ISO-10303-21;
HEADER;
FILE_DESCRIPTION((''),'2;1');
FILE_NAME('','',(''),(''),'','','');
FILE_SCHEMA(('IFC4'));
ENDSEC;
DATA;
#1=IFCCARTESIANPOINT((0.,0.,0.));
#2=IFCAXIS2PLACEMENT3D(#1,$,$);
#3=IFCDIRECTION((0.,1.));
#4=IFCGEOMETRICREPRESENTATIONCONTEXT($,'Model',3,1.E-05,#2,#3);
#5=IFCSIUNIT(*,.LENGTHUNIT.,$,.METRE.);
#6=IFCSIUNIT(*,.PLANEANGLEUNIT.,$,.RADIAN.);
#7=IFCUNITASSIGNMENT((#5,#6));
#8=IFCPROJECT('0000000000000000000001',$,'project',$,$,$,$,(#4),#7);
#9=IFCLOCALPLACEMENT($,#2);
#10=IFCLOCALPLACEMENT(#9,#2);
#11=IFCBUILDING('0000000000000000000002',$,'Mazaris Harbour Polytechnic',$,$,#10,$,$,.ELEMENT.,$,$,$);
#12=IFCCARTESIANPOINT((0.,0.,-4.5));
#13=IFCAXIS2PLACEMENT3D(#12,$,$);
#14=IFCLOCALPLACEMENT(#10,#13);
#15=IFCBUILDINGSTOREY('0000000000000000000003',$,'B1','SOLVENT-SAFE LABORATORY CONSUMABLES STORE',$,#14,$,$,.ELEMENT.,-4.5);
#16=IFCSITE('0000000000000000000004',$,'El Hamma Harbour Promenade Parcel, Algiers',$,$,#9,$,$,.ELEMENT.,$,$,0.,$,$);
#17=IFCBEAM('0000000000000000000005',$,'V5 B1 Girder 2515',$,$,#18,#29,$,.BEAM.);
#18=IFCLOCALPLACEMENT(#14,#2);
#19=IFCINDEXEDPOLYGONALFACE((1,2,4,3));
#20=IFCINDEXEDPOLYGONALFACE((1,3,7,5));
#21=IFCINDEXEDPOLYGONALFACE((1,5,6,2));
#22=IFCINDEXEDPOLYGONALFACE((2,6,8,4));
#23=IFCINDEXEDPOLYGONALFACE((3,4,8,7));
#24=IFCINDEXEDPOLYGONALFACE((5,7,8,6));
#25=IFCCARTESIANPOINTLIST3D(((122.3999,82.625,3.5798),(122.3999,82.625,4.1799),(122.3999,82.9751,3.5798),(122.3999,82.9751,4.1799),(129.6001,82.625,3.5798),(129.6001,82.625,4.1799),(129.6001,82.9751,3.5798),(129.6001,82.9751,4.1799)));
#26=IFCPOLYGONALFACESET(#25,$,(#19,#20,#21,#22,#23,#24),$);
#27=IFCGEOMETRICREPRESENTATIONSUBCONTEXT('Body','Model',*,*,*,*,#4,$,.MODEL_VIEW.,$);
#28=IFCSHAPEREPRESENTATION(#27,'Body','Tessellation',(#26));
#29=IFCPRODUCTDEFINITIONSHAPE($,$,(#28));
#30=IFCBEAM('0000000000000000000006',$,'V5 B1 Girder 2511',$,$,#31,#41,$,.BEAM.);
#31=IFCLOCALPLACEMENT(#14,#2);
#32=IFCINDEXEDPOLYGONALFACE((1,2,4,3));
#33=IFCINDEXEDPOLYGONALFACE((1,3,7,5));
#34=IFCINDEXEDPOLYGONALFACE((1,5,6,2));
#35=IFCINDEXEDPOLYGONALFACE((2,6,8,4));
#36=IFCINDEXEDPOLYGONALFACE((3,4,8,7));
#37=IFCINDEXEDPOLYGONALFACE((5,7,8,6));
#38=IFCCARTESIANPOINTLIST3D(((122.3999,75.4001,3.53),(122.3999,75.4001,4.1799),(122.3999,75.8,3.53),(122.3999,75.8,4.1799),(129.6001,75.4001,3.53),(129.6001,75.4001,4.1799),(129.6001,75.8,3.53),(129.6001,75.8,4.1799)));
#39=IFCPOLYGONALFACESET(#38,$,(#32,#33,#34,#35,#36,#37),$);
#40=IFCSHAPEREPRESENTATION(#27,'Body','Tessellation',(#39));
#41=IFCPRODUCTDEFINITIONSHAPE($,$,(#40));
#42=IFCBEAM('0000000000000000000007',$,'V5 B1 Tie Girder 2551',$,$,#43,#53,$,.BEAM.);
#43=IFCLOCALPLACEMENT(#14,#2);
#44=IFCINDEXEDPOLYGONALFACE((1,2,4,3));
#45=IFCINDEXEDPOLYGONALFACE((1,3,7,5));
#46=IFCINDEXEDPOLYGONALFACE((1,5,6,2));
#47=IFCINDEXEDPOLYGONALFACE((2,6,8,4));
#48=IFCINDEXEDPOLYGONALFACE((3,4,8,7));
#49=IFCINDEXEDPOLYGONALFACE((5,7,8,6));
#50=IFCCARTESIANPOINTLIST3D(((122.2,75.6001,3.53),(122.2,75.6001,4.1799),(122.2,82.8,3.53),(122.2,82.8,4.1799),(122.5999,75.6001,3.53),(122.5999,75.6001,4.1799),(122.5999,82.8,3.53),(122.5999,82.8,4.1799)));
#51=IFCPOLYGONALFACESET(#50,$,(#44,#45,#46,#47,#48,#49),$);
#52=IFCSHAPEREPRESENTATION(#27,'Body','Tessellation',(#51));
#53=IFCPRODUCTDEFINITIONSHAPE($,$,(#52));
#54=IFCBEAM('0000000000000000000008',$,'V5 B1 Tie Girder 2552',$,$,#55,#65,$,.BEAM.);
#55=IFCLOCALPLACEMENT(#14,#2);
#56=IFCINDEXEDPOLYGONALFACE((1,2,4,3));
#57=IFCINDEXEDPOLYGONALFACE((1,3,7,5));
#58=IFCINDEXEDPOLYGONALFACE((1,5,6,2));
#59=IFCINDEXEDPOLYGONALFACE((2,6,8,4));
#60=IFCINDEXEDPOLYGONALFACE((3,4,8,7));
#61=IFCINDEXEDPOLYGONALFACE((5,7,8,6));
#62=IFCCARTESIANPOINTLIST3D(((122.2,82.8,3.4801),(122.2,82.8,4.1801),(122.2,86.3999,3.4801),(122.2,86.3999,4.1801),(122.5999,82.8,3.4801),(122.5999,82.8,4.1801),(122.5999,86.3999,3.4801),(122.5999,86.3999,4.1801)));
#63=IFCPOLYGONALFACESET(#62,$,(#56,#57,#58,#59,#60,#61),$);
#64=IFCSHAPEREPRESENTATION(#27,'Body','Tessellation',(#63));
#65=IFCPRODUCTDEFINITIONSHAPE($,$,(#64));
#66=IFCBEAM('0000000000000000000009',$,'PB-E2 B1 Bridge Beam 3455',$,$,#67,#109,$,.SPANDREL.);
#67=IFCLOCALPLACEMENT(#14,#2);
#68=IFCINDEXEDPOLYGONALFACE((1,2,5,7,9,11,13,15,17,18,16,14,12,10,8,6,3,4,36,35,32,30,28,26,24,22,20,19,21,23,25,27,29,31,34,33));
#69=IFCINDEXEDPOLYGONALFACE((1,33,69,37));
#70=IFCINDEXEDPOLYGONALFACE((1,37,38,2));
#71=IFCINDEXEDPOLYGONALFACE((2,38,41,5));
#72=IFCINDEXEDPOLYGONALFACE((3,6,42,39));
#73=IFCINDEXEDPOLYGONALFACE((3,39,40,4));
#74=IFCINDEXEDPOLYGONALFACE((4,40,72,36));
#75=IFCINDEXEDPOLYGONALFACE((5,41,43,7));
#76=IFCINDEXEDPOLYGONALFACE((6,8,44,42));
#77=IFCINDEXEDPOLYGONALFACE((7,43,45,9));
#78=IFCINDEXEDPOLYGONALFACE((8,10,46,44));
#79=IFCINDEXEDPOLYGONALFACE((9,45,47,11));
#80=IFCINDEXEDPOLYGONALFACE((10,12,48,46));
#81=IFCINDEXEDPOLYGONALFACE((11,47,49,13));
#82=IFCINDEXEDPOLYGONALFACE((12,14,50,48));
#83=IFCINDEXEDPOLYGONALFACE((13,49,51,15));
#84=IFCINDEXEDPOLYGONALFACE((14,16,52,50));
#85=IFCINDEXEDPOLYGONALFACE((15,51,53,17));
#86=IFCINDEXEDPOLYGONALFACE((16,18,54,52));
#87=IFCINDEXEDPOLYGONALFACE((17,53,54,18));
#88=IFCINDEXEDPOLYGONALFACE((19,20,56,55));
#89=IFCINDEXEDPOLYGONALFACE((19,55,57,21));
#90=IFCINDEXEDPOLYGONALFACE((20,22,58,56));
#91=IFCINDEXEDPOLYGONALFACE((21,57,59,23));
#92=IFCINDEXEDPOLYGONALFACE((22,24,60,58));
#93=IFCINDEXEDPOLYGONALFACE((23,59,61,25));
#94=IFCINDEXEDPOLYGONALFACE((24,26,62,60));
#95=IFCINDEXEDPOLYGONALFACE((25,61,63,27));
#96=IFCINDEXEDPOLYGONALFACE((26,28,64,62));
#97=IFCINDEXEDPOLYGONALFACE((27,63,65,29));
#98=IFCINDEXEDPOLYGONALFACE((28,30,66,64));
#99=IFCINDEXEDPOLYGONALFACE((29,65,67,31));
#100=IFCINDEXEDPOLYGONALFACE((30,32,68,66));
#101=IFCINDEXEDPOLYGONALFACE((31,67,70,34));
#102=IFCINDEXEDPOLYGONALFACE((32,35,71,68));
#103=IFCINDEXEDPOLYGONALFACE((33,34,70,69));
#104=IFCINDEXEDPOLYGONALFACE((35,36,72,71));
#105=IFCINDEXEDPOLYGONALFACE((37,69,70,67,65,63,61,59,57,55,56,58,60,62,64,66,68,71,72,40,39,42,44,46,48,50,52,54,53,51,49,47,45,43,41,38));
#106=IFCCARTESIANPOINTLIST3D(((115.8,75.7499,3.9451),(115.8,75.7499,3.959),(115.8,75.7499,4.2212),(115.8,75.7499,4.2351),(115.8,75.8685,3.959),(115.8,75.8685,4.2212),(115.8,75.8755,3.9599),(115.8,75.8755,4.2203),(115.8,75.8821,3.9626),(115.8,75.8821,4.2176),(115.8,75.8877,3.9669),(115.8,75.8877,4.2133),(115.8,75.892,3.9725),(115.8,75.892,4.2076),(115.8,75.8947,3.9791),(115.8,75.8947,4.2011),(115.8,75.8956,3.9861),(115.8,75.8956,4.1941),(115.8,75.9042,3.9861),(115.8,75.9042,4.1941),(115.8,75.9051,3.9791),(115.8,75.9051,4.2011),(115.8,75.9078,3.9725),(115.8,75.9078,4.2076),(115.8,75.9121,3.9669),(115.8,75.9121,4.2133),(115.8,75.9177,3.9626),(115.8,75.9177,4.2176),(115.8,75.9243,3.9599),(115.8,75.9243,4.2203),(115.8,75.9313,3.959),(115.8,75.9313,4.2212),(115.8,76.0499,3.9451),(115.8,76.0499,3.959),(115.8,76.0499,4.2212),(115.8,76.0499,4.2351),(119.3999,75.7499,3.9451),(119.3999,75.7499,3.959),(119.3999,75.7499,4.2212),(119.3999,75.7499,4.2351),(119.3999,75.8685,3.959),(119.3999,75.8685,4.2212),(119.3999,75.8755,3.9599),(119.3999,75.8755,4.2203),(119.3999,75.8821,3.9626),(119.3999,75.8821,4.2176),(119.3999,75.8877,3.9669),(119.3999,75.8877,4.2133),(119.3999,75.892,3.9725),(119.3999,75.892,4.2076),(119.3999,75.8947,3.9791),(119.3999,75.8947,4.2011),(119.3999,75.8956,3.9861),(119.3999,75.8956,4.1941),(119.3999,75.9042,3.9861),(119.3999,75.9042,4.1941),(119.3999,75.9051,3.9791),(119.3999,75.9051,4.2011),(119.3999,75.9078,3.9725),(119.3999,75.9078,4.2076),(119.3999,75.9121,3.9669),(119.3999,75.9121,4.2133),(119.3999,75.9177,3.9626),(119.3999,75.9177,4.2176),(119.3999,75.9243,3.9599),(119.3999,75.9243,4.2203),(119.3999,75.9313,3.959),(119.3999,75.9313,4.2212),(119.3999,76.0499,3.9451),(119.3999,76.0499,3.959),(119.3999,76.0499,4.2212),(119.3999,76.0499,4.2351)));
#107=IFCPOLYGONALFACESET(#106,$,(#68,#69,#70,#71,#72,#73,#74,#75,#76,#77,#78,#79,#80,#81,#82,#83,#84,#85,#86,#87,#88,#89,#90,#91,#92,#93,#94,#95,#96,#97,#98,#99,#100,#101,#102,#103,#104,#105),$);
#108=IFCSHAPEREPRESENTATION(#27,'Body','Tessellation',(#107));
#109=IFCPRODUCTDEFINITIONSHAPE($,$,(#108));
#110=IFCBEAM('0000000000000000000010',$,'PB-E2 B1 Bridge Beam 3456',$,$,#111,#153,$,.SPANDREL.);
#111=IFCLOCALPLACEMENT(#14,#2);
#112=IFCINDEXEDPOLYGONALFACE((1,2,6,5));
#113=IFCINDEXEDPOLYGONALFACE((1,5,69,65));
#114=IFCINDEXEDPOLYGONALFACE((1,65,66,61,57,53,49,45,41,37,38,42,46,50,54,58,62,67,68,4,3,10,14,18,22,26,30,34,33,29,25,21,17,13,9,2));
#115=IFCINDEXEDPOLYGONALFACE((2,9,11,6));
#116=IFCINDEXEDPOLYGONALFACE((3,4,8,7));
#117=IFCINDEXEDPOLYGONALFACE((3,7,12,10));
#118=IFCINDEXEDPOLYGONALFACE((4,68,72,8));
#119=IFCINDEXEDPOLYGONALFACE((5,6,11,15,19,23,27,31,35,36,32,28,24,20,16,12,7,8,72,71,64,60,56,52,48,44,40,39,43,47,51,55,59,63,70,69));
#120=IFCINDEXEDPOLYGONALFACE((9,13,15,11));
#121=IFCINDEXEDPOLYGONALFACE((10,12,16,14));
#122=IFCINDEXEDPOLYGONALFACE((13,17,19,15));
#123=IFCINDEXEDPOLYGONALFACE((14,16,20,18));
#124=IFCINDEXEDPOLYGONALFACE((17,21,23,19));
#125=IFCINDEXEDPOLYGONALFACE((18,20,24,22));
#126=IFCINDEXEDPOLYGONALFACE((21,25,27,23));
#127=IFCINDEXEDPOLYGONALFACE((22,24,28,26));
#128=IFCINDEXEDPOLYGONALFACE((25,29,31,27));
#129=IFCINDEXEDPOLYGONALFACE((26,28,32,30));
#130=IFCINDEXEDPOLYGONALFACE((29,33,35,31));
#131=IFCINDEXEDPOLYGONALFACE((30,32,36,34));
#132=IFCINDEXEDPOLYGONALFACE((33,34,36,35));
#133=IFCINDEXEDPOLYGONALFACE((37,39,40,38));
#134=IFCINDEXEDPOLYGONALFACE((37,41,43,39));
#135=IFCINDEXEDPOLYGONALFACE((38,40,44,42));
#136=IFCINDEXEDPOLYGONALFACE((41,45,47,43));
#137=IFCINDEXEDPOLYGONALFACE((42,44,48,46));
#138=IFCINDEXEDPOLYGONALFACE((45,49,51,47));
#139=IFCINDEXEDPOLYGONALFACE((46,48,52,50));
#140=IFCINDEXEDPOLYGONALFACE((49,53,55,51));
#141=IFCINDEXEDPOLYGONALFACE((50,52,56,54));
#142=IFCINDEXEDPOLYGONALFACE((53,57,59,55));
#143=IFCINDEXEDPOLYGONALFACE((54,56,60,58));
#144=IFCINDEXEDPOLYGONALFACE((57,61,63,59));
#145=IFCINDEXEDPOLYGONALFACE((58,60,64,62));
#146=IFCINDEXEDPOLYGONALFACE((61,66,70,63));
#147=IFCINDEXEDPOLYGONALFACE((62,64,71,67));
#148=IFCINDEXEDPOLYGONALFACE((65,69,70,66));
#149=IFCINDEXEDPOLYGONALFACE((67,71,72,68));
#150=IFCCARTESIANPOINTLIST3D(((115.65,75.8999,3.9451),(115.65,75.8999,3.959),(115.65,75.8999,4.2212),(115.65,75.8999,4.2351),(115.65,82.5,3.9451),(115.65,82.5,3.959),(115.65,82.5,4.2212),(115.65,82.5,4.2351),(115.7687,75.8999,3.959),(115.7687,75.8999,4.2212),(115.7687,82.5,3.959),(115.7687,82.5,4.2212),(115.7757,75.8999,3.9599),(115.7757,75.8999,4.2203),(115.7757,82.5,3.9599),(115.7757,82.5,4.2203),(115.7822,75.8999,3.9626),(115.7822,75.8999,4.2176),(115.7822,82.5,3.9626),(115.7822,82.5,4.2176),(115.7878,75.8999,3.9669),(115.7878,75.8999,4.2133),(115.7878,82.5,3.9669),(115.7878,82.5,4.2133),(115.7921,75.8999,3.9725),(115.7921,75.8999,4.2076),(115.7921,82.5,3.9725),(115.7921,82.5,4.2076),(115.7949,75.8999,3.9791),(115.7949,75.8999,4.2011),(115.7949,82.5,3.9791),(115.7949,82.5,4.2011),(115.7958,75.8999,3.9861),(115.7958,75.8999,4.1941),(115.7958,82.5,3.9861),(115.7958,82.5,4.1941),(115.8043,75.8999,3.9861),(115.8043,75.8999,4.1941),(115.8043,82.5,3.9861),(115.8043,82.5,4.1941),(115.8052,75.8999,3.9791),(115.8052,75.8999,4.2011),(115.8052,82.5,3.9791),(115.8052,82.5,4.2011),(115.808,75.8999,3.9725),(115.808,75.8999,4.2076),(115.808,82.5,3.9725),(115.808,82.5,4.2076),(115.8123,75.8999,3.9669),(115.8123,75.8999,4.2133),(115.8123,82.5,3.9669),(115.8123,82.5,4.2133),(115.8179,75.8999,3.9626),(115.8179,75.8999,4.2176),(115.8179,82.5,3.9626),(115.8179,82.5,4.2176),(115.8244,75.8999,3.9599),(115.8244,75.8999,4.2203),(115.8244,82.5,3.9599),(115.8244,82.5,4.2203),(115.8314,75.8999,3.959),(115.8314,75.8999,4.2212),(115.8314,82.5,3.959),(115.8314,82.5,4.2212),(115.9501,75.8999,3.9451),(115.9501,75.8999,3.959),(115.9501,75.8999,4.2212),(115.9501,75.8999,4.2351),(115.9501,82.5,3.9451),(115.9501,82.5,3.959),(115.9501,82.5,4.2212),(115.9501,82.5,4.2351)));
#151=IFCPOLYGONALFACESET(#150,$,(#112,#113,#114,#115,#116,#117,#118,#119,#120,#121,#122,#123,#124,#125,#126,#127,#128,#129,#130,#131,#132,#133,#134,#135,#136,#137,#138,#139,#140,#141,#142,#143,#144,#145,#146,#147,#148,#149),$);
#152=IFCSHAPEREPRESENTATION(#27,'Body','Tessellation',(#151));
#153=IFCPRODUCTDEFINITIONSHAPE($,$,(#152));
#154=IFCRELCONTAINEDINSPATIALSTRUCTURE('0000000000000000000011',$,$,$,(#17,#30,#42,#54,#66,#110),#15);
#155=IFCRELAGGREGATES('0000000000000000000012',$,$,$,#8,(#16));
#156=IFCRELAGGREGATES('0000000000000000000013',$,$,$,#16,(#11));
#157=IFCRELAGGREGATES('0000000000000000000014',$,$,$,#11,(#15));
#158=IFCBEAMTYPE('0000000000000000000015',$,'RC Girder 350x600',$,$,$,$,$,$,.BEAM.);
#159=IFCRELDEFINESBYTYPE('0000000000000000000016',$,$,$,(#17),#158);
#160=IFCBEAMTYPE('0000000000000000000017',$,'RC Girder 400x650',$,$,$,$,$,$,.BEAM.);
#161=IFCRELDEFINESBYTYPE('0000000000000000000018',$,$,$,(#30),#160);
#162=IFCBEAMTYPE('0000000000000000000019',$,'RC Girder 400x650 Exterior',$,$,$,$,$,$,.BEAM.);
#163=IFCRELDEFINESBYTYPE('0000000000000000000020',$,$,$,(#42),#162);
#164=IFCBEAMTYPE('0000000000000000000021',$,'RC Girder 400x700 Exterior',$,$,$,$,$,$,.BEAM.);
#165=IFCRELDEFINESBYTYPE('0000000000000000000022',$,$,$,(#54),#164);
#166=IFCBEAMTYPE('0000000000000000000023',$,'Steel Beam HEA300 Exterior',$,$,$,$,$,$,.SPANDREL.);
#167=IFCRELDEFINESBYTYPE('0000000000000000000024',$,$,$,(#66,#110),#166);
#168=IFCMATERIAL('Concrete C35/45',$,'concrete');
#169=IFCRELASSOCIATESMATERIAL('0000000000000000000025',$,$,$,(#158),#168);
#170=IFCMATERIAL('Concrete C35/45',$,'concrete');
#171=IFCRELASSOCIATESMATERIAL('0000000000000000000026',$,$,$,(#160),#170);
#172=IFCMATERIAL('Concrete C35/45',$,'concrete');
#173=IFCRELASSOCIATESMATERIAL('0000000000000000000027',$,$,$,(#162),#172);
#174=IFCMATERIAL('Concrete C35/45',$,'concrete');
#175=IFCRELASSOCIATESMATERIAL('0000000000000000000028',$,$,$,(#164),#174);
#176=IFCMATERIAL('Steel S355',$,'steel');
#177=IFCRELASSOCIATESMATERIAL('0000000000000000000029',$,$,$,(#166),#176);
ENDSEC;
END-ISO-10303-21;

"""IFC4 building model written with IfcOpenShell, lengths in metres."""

from ifc_helpers import new_model, si_unit, direction, frame, origin, origin_2d, place, context, subcontext, project, spatial, rectangle, i_section, extrude, material, material_profile, profile_set, type_object, element, save


model = new_model("IFC4")

# Units and contexts
model_context = context("Model", 3, precision=1e-05, world=origin(), true_north=direction((0.0, 1.0)))
body_context = subcontext(model_context, "Body", "Model", "MODEL_VIEW")
ifc_project = project(units=[si_unit("LENGTHUNIT", "METRE"), si_unit("PLANEANGLEUNIT", "RADIAN")], contexts=[model_context])

# Site, building, storey
site_placement = place(None, origin())
site = spatial("IfcSite", under=ifc_project, at=site_placement, Name="El Hamma Harbour Promenade Parcel, Algiers", CompositionType="ELEMENT", RefElevation=0.0)
building_placement = place(site_placement, origin())
building = spatial("IfcBuilding", under=site, at=building_placement, Name="Mazaris Harbour Polytechnic", CompositionType="ELEMENT")
storey_placement = place(building_placement, frame((0.0, 0.0, -4.5)))
storey = spatial("IfcBuildingStorey", under=building, at=storey_placement, Name="B1", Description="SOLVENT-SAFE LABORATORY CONSUMABLES STORE", CompositionType="ELEMENT", Elevation=-4.5)

# Beams
ifc_material_1 = material(Name="Concrete C35/45", Category="concrete")
ifc_material_profile_1 = material_profile(ifc_material_1, rectangle(XDim=0.3501, YDim=0.6001, at=origin_2d()), Name="RECT350x600")
ifc_profile_set_1 = profile_set([ifc_material_profile_1], Name="Concrete C35/45")
beam_type_1 = type_object("IfcBeamType", Name="RC Girder 350x600", PredefinedType="BEAM", material=ifc_profile_set_1)
beam_1_placement = place(storey_placement, frame((122.3999, 82.8, 3.8799), z_axis=(1.0, 0.0, 0.0), x_axis=(0.0, 1.0, 0.0)))
element("IfcBeam", 1, at=beam_1_placement, inside=storey, type_object=beam_type_1, Name="V5 B1 Girder 2515", PredefinedType="BEAM", context=body_context, shape_type="SweptSolid", body=[
    extrude(rectangle(XDim=0.3501, YDim=0.6001, at=origin_2d()), origin(), (0.0, 0.0, 1.0), 7.2002),
])
ifc_material_2 = material(Name="Concrete C35/45", Category="concrete")
ifc_material_profile_2 = material_profile(ifc_material_2, rectangle(XDim=0.3999, YDim=0.6499, at=origin_2d()), Name="RECT400x650")
ifc_profile_set_2 = profile_set([ifc_material_profile_2], Name="Concrete C35/45")
beam_type_2 = type_object("IfcBeamType", Name="RC Girder 400x650", PredefinedType="BEAM", material=ifc_profile_set_2)
beam_2_placement = place(storey_placement, frame((122.3999, 75.6001, 3.855), z_axis=(1.0, 0.0, 0.0), x_axis=(0.0, 1.0, 0.0)))
element("IfcBeam", 2, at=beam_2_placement, inside=storey, type_object=beam_type_2, Name="V5 B1 Girder 2511", PredefinedType="BEAM", context=body_context, shape_type="SweptSolid", body=[
    extrude(rectangle(XDim=0.3999, YDim=0.6499, at=origin_2d()), origin(), (0.0, 0.0, 1.0), 7.2002),
])
ifc_material_3 = material(Name="Concrete C35/45", Category="concrete")
ifc_material_profile_3 = material_profile(ifc_material_3, rectangle(XDim=0.3999, YDim=0.6499, at=origin_2d()), Name="RECT400x650")
ifc_profile_set_3 = profile_set([ifc_material_profile_3], Name="Concrete C35/45")
beam_type_3 = type_object("IfcBeamType", Name="RC Girder 400x650 Exterior", PredefinedType="BEAM", material=ifc_profile_set_3)
beam_3_placement = place(storey_placement, frame((122.3999, 75.6001, 3.855), z_axis=(0.0, 1.0, 0.0), x_axis=(-1.0, 0.0, 0.0)))
element("IfcBeam", 3, at=beam_3_placement, inside=storey, type_object=beam_type_3, Name="V5 B1 Tie Girder 2551", PredefinedType="BEAM", context=body_context, shape_type="SweptSolid", body=[
    extrude(rectangle(XDim=0.3999, YDim=0.6499, at=origin_2d()), origin(), (0.0, 0.0, 1.0), 7.2),
])
ifc_material_4 = material(Name="Concrete C35/45", Category="concrete")
ifc_material_profile_4 = material_profile(ifc_material_4, rectangle(XDim=0.3999, YDim=0.7, at=origin_2d()), Name="RECT400x700")
ifc_profile_set_4 = profile_set([ifc_material_profile_4], Name="Concrete C35/45")
beam_type_4 = type_object("IfcBeamType", Name="RC Girder 400x700 Exterior", PredefinedType="BEAM", material=ifc_profile_set_4)
beam_4_placement = place(storey_placement, frame((122.3999, 82.8, 3.8301), z_axis=(0.0, 1.0, 0.0), x_axis=(-1.0, 0.0, 0.0)))
element("IfcBeam", 4, at=beam_4_placement, inside=storey, type_object=beam_type_4, Name="V5 B1 Tie Girder 2552", PredefinedType="BEAM", context=body_context, shape_type="SweptSolid", body=[
    extrude(rectangle(XDim=0.3999, YDim=0.7, at=origin_2d()), origin(), (0.0, 0.0, 1.0), 3.5999),
])
ifc_material_5 = material(Name="Steel S355", Category="steel")
ifc_material_profile_5 = material_profile(ifc_material_5, i_section(OverallWidth=0.3, OverallDepth=0.29, WebThickness=0.0085, FlangeThickness=0.0139, FilletRadius=0.0271, at=origin_2d()), Name="HEA 300")
ifc_profile_set_5 = profile_set([ifc_material_profile_5], Name="Steel S355")
beam_type_5 = type_object("IfcBeamType", Name="Steel Beam HEA300 Exterior", PredefinedType="SPANDREL", material=ifc_profile_set_5)
beam_5_placement = place(storey_placement, frame((115.8, 75.8999, 4.0901), z_axis=(1.0, 0.0, 0.0), x_axis=(0.0, 1.0, 0.0)))
element("IfcBeam", 5, at=beam_5_placement, inside=storey, type_object=beam_type_5, Name="PB-E2 B1 Bridge Beam 3455", PredefinedType="SPANDREL", context=body_context, shape_type="SweptSolid", body=[
    extrude(i_section(OverallWidth=0.3, OverallDepth=0.29, WebThickness=0.0085, FlangeThickness=0.0139, FilletRadius=0.0271, at=origin_2d()), origin(), (0.0, 0.0, 1.0), 3.5999),
])
for number, where, z_axis, x_axis, name in (
    (6, (115.8, 75.8999, 4.0901), (0.0, 1.0, 0.0), (-1.0, 0.0, 0.0), "PB-E2 B1 Bridge Beam 3456"),
):
    element("IfcBeam", number, at=place(storey_placement, frame(where, z_axis=z_axis, x_axis=x_axis)), inside=storey, type_object=beam_type_5, Name=name, PredefinedType="SPANDREL", context=body_context, shape_type="SweptSolid", body=[
        extrude(i_section(OverallWidth=0.3, OverallDepth=0.29, WebThickness=0.0085, FlangeThickness=0.0139, FilletRadius=0.0271, at=origin_2d()), origin(), (0.0, 0.0, 1.0), 6.6001),
    ])

save(model, "model.ifc")
